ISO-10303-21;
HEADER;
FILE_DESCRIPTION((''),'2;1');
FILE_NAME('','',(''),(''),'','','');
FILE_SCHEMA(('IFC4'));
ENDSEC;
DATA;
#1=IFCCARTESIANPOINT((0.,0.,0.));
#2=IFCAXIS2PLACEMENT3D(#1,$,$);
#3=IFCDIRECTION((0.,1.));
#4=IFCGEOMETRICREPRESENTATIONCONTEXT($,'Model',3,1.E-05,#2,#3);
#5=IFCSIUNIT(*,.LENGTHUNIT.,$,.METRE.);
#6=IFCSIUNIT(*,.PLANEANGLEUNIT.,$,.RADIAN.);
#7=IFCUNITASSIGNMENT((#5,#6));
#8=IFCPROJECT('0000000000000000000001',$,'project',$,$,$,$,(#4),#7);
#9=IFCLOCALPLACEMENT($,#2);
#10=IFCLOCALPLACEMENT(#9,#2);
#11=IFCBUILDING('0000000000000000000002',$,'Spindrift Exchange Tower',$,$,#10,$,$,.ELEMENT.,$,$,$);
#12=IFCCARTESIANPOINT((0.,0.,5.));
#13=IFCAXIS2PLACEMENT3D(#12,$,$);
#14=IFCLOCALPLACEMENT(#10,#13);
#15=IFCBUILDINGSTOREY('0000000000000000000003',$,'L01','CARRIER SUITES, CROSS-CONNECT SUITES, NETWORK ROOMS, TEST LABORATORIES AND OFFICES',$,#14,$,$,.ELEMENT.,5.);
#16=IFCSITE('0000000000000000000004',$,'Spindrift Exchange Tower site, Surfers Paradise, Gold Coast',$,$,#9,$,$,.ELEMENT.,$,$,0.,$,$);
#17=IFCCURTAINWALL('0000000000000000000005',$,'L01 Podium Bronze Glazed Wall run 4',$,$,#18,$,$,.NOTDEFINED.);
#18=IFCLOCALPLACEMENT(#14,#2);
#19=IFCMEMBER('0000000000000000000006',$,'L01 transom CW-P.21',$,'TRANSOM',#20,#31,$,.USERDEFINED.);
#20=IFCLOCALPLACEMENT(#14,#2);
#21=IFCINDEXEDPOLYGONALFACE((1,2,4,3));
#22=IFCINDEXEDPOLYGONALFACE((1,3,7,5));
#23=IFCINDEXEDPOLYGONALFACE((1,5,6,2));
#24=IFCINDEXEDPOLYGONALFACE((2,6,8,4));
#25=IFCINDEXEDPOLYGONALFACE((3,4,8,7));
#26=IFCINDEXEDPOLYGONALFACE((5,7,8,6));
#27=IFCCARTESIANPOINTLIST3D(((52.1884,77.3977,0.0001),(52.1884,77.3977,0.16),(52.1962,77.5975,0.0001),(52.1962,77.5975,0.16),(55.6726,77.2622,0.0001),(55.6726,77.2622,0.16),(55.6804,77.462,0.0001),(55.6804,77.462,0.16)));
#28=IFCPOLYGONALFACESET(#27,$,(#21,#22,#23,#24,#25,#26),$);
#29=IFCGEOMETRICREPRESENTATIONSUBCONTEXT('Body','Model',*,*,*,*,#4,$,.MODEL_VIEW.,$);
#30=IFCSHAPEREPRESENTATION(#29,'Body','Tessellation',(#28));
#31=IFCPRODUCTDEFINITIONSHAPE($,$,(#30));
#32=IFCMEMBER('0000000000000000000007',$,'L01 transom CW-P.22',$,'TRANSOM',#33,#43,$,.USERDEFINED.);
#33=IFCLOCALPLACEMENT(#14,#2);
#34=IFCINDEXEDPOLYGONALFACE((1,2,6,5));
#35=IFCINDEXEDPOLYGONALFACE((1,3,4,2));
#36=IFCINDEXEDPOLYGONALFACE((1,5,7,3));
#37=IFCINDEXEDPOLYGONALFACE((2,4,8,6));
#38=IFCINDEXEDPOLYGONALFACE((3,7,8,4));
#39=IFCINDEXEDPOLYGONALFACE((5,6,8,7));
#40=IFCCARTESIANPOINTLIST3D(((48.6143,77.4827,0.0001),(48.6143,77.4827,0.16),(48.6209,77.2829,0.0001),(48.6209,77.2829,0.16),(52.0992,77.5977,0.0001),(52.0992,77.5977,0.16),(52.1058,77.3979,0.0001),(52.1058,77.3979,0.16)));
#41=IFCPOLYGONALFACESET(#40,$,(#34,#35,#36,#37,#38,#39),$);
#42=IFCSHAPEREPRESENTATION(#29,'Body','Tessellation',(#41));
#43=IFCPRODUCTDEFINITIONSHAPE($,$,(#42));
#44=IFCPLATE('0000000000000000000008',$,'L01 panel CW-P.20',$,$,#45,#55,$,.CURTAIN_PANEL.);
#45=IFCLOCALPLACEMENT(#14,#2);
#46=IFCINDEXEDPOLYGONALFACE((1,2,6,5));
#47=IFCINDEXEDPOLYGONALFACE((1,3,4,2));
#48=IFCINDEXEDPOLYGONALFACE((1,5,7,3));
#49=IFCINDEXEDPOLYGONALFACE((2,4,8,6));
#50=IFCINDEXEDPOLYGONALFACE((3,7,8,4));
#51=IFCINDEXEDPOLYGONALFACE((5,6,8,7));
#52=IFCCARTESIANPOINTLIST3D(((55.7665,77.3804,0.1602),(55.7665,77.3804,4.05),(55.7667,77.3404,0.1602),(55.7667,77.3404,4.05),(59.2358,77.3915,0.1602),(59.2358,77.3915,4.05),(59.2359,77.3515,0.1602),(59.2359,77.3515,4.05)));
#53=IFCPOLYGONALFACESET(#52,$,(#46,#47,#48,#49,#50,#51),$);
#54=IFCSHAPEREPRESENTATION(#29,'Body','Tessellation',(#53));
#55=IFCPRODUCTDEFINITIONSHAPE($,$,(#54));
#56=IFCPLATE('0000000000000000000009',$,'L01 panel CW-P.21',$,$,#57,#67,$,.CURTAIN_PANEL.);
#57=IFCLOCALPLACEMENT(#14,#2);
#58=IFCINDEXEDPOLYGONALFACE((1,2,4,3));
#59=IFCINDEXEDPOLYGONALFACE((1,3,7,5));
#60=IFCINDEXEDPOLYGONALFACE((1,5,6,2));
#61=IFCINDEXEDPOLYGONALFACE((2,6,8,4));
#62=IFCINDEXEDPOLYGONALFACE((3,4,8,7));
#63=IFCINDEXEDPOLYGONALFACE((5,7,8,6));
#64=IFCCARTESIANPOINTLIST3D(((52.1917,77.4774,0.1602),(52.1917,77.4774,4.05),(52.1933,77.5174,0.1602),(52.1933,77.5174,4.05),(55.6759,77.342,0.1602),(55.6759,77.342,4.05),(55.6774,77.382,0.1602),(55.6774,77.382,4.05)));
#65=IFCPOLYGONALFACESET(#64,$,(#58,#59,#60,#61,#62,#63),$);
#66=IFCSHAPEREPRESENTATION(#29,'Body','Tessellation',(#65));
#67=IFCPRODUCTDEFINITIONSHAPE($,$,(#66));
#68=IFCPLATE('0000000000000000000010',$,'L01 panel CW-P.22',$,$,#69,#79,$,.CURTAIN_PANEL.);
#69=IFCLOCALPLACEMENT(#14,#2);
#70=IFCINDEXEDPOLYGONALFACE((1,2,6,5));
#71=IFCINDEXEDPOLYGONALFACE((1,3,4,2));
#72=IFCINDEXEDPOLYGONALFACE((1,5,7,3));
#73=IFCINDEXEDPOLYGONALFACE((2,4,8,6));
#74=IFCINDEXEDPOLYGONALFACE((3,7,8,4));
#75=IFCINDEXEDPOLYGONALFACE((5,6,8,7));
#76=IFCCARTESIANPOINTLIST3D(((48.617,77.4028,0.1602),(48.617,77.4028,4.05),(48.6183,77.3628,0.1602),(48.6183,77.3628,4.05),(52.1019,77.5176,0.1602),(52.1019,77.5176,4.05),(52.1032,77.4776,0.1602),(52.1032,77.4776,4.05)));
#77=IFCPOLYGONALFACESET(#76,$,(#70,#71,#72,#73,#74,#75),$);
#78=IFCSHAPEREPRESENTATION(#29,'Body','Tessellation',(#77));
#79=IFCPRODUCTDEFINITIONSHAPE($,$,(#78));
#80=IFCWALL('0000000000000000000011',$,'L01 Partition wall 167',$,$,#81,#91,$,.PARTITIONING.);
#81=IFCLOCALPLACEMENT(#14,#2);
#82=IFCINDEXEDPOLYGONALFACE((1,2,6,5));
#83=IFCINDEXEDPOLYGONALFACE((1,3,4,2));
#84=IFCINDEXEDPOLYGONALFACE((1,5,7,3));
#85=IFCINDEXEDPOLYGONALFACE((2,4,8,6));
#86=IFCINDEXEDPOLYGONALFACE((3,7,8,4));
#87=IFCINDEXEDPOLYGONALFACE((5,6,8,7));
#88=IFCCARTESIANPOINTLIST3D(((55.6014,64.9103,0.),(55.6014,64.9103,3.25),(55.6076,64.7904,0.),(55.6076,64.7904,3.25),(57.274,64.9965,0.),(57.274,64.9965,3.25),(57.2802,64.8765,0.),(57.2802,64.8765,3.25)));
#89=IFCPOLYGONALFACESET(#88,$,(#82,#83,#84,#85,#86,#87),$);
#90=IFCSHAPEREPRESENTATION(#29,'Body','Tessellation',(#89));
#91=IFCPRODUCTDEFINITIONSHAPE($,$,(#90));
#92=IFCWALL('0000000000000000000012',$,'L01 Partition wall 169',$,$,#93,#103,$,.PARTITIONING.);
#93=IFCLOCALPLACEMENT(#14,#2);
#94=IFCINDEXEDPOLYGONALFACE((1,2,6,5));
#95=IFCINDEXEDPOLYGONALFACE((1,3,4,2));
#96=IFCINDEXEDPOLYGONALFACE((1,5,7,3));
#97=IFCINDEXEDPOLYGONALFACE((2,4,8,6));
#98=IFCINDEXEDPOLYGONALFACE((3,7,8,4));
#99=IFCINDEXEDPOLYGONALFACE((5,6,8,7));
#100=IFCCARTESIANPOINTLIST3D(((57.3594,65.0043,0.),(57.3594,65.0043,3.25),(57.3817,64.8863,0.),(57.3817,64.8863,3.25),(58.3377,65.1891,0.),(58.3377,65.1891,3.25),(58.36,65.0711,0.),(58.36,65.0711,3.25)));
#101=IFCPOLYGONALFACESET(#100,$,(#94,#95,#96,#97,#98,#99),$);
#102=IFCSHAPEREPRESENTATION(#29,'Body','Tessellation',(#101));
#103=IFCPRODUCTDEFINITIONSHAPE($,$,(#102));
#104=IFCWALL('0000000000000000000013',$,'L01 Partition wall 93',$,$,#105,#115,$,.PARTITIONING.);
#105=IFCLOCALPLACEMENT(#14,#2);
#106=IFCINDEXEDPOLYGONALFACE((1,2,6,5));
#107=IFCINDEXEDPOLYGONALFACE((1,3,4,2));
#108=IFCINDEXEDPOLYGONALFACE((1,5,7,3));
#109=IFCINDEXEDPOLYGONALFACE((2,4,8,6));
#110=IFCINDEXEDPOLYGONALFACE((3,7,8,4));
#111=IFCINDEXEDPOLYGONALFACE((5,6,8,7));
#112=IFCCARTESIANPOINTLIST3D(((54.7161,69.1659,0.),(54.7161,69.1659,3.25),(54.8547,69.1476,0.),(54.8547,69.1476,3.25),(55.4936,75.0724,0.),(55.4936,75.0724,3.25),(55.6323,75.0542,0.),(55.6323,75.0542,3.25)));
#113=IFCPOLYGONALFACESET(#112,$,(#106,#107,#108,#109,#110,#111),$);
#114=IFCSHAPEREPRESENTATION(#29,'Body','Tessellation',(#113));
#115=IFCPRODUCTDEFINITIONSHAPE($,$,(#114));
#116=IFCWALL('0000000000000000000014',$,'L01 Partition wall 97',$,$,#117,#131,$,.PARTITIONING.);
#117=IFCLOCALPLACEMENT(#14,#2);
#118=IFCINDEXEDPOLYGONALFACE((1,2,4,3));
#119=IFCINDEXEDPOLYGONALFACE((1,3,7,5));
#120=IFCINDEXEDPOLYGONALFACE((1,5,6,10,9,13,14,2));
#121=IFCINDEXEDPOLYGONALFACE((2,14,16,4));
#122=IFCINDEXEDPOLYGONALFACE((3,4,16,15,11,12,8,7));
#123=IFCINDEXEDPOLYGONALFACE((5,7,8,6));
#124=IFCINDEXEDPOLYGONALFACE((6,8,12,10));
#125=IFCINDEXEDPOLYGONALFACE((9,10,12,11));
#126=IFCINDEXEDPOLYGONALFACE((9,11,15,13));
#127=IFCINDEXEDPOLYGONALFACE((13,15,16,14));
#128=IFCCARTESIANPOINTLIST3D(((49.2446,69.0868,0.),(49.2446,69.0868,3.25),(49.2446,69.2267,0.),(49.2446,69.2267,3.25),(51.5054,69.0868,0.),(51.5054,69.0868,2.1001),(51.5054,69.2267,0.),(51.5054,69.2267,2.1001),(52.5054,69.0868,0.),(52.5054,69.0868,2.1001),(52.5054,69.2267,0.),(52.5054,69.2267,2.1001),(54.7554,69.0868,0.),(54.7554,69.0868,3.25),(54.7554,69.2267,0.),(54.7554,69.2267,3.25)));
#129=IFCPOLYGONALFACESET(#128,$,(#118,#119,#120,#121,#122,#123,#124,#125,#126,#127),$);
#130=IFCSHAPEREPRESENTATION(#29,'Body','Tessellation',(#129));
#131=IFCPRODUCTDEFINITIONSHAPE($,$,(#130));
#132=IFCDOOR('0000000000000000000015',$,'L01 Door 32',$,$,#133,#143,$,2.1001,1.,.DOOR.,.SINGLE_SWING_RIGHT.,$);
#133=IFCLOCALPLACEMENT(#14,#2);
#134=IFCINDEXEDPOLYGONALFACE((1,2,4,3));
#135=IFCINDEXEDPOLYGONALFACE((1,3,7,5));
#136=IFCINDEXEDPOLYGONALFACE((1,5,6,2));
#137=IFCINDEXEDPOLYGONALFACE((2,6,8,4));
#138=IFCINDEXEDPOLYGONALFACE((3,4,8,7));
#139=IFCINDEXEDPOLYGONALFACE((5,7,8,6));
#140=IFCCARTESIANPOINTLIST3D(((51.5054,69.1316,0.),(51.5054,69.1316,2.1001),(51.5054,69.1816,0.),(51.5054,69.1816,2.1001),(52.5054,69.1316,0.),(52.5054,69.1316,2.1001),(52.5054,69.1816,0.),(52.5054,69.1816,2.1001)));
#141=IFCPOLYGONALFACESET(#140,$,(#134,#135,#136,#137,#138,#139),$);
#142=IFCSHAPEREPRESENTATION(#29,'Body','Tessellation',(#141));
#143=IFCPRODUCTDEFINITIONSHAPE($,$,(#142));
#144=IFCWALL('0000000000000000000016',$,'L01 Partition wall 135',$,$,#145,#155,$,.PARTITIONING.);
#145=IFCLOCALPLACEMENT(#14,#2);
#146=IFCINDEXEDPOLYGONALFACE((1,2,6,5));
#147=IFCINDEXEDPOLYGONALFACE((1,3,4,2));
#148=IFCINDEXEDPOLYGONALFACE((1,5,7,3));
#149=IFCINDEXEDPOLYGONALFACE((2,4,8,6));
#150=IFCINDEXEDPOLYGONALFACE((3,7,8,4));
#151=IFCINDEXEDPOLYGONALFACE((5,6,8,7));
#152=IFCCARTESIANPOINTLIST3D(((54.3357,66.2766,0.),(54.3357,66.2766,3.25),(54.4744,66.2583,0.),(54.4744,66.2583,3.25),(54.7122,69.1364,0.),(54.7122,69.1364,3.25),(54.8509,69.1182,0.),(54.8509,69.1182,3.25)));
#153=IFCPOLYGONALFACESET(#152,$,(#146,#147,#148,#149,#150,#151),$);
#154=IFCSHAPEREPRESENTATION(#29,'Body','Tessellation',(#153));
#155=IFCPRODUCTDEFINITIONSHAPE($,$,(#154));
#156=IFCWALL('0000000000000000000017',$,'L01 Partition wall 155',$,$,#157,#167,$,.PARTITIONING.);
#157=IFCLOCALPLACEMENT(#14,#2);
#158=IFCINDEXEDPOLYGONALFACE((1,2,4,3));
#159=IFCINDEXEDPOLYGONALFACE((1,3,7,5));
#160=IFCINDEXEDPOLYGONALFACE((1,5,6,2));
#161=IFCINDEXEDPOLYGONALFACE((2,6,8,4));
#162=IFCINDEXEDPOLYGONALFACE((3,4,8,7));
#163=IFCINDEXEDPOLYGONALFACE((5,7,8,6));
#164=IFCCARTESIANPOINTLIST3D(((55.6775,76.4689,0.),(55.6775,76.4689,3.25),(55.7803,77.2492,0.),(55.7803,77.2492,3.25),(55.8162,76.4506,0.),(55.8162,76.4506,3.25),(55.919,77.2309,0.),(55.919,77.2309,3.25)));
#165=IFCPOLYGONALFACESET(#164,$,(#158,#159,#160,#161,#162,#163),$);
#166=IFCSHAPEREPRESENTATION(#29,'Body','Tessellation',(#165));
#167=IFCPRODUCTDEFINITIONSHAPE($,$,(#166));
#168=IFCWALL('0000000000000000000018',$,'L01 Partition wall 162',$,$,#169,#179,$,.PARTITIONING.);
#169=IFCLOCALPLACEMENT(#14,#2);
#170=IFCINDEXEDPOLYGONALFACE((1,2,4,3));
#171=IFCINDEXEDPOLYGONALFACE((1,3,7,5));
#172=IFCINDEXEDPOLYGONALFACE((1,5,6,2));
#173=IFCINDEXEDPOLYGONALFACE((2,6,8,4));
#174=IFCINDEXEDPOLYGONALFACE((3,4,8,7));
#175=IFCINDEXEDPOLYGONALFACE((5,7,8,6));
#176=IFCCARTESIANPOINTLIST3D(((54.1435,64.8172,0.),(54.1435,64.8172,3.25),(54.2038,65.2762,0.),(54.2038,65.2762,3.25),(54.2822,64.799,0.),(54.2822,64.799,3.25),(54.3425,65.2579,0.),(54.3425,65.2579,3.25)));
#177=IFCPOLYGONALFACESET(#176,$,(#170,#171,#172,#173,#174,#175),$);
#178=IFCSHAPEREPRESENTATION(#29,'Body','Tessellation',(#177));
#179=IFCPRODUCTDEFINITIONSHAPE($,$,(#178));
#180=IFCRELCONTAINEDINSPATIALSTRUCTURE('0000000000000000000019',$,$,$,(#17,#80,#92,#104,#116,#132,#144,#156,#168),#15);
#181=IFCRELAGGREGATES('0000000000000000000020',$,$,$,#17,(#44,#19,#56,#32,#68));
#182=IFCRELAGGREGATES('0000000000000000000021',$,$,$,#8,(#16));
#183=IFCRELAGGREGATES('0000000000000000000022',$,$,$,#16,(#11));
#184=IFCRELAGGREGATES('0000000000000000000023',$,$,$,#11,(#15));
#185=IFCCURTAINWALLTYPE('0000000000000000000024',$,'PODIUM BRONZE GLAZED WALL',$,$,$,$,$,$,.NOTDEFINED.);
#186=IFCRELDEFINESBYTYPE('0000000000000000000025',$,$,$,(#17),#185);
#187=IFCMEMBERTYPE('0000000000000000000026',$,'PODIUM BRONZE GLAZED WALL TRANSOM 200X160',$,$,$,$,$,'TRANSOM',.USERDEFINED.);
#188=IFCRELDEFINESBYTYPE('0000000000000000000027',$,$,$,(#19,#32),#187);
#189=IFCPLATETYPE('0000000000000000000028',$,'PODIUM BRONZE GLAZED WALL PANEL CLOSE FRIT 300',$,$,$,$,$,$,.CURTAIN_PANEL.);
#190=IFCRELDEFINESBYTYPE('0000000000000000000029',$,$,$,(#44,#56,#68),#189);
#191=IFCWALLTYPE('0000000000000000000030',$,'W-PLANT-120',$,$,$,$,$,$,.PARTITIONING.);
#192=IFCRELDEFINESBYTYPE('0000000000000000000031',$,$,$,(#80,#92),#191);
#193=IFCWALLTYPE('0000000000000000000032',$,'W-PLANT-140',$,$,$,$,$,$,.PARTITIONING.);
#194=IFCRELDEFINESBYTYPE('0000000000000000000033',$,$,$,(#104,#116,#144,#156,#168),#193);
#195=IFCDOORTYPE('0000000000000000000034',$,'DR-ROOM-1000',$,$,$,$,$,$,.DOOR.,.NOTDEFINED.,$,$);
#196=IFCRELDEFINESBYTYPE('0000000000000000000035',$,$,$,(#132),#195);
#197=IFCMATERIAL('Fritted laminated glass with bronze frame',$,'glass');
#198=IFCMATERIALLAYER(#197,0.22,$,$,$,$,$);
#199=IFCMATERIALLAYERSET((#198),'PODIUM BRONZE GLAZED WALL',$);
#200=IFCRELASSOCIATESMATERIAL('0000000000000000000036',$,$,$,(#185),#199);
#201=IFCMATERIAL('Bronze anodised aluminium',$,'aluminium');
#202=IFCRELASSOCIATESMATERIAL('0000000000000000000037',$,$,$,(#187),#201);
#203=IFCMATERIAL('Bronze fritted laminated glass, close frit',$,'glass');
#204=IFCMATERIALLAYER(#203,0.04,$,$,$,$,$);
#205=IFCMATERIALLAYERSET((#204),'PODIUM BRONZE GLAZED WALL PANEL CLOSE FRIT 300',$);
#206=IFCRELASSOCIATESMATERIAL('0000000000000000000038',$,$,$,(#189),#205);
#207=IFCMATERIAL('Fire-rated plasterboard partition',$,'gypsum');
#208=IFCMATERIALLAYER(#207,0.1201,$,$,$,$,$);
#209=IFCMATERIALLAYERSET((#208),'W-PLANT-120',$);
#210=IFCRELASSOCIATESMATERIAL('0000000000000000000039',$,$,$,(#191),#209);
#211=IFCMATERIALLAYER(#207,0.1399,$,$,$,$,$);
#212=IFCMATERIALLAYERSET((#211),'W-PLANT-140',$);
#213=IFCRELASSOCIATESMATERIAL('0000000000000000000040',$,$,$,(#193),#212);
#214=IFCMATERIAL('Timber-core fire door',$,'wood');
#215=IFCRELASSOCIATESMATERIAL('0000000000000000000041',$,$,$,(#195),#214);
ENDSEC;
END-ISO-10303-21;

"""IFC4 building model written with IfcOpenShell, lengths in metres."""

from ifc_helpers import new_model, si_unit, direction, frame, frame_2d, origin, origin_2d, place, context, subcontext, project, spatial, rectangle, extrude, source, transform, mapped, material, layer, layer_set, material_profile, profile_set, type_object, element, fill, aggregate, save


model = new_model("IFC4")

# Units and contexts
model_context = context("Model", 3, precision=1e-05, world=origin(), true_north=direction((0.0, 1.0)))
body_context = subcontext(model_context, "Body", "Model", "MODEL_VIEW")
ifc_project = project(units=[si_unit("LENGTHUNIT", "METRE"), si_unit("PLANEANGLEUNIT", "RADIAN")], contexts=[model_context])

# Site, building, storey
site_placement = place(None, origin())
site = spatial("IfcSite", under=ifc_project, at=site_placement, Name="Spindrift Exchange Tower site, Surfers Paradise, Gold Coast", CompositionType="ELEMENT", RefElevation=0.0)
building_placement = place(site_placement, origin())
building = spatial("IfcBuilding", under=site, at=building_placement, Name="Spindrift Exchange Tower", CompositionType="ELEMENT")
storey_placement = place(building_placement, frame((0.0, 0.0, 5.0)))
storey = spatial("IfcBuildingStorey", under=building, at=storey_placement, Name="L01", Description="CARRIER SUITES, CROSS-CONNECT SUITES, NETWORK ROOMS, TEST LABORATORIES AND OFFICES", CompositionType="ELEMENT", Elevation=5.0)

# Curtain wall, members, plates
ifc_material_1 = material(Name="Fritted laminated glass with bronze frame", Category="glass")
ifc_layer_1 = layer(ifc_material_1, 0.22)
ifc_layer_set_1 = layer_set([ifc_layer_1], Name="PODIUM BRONZE GLAZED WALL")
curtain_wall_type = type_object("IfcCurtainWallType", Name="PODIUM BRONZE GLAZED WALL", PredefinedType="NOTDEFINED", material=ifc_layer_set_1)
curtain_wall_placement = place(storey_placement, origin())
curtain_wall = element("IfcCurtainWall", 1, at=curtain_wall_placement, inside=storey, type_object=curtain_wall_type, Name="L01 Podium Bronze Glazed Wall run 4", PredefinedType="NOTDEFINED")
ifc_material_2 = material(Name="Bronze anodised aluminium", Category="aluminium")
ifc_material_profile_1 = material_profile(ifc_material_2, rectangle(XDim=0.2, YDim=0.1599, at=origin_2d()), Name="PODIUM BRONZE GLAZED WALL TRANSOM 200X160")
ifc_profile_set_1 = profile_set([ifc_material_profile_1], Name="Bronze anodised aluminium")
member_type_1 = type_object("IfcMemberType", Name="PODIUM BRONZE GLAZED WALL TRANSOM 200X160", ElementType="TRANSOM", PredefinedType="USERDEFINED", material=ifc_profile_set_1)
shared_shape_1 = source(origin(), body_context, "Body", "SweptSolid", [
    extrude(rectangle(XDim=0.2, YDim=0.1599, at=origin_2d()), origin(), (0.0, 0.0, 1.0), 3.4868),
])
member_1_placement = place(storey_placement, frame((55.6765, 77.3621, 0.0801), z_axis=(-0.999245, 0.038861, 0.0), x_axis=(-0.038861, -0.999245, 0.0)))
member_1 = element("IfcMember", 2, at=member_1_placement, type_object=member_type_1, Name="L01 transom CW-P.21", ObjectType="TRANSOM", PredefinedType="USERDEFINED", context=body_context, shape_type="MappedRepresentation", body=[
    mapped(shared_shape_1, transform((0.0, 0.0, 0.0), scale=1.0)),
])
member_2_placement = place(storey_placement, frame((52.1025, 77.4978, 0.0801), z_axis=(-0.999456, -0.032979, 0.0), x_axis=(0.032979, -0.999456, 0.0)))
member_2 = element("IfcMember", 3, at=member_2_placement, type_object=member_type_1, Name="L01 transom CW-P.22", ObjectType="TRANSOM", PredefinedType="USERDEFINED", context=body_context, shape_type="MappedRepresentation", body=[
    mapped(shared_shape_1, transform((0.0, 0.0, 0.0), scale=1.0)),
])
ifc_material_3 = material(Name="Bronze fritted laminated glass, close frit", Category="glass")
ifc_layer_2 = layer(ifc_material_3, 0.04)
ifc_layer_set_2 = layer_set([ifc_layer_2], Name="PODIUM BRONZE GLAZED WALL PANEL CLOSE FRIT 300")
plate_type = type_object("IfcPlateType", Name="PODIUM BRONZE GLAZED WALL PANEL CLOSE FRIT 300", PredefinedType="CURTAIN_PANEL", material=ifc_layer_set_2)
shared_shape_2 = source(origin(), body_context, "Body", "SweptSolid", [
    extrude(rectangle(XDim=3.4692, YDim=0.04, at=origin_2d()), origin(), (0.0, 0.0, 1.0), 3.8899),
])
plate_1_placement = place(storey_placement, frame((57.5012, 77.366, 0.1602), z_axis=(0.0, 0.0, 1.0), x_axis=(-0.999995, -0.003203, 0.0)))
plate_1 = element("IfcPlate", 4, at=plate_1_placement, type_object=plate_type, Name="L01 panel CW-P.20", PredefinedType="CURTAIN_PANEL", context=body_context, shape_type="MappedRepresentation", body=[
    mapped(shared_shape_2, transform((0.0, 0.0, 0.0), scale=1.0)),
])
shared_shape_3 = source(origin(), body_context, "Body", "SweptSolid", [
    extrude(rectangle(XDim=3.4868, YDim=0.04, at=origin_2d()), origin(), (0.0, 0.0, 1.0), 3.8899),
])
plate_2_placement = place(storey_placement, frame((53.9346, 77.4297, 0.1602), z_axis=(0.0, 0.0, 1.0), x_axis=(-0.999246, 0.038834, 0.0)))
plate_2 = element("IfcPlate", 5, at=plate_2_placement, type_object=plate_type, Name="L01 panel CW-P.21", PredefinedType="CURTAIN_PANEL", context=body_context, shape_type="MappedRepresentation", body=[
    mapped(shared_shape_3, transform((0.0, 0.0, 0.0), scale=1.0)),
])
plate_3_placement = place(storey_placement, frame((50.3601, 77.4402, 0.1602), z_axis=(0.0, 0.0, 1.0), x_axis=(-0.999457, -0.032935, 0.0)))
plate_3 = element("IfcPlate", 6, at=plate_3_placement, type_object=plate_type, Name="L01 panel CW-P.22", PredefinedType="CURTAIN_PANEL", context=body_context, shape_type="MappedRepresentation", body=[
    mapped(shared_shape_3, transform((0.0, 0.0, 0.0), scale=1.0)),
])
aggregate(curtain_wall, [plate_1, member_1, plate_2, member_2, plate_3])

# Walls
ifc_material_4 = material(Name="Fire-rated plasterboard partition", Category="gypsum")
ifc_layer_3 = layer(ifc_material_4, 0.1201)
ifc_layer_set_3 = layer_set([ifc_layer_3], Name="W-PLANT-120")
wall_type_1 = type_object("IfcWallType", Name="W-PLANT-120", PredefinedType="PARTITIONING", material=ifc_layer_set_3)
wall_1_placement = place(storey_placement, frame((57.2771, 64.9365, 0.0), z_axis=(0.0, 0.0, 1.0), x_axis=(-0.998675, -0.051457, 0.0)))
element("IfcWall", 7, at=wall_1_placement, inside=storey, type_object=wall_type_1, Name="L01 Partition wall 167", PredefinedType="PARTITIONING", context=body_context, shape_type="SweptSolid", body=[
    extrude(rectangle(XDim=1.6748, YDim=0.1201, at=frame_2d((0.8374, 0.0))), origin(), (0.0, 0.0, 1.0), 3.25),
])
wall_2_placement = place(storey_placement, frame((58.3489, 65.1301, 0.0), z_axis=(0.0, 0.0, 1.0), x_axis=(-0.982619, -0.185636, 0.0)))
element("IfcWall", 8, at=wall_2_placement, inside=storey, type_object=wall_type_1, Name="L01 Partition wall 169", PredefinedType="PARTITIONING", context=body_context, shape_type="SweptSolid", body=[
    extrude(rectangle(XDim=0.9956, YDim=0.1201, at=frame_2d((0.4978, 0.0))), origin(), (0.0, 0.0, 1.0), 3.25),
])
ifc_layer_4 = layer(ifc_material_4, 0.1399)
ifc_layer_set_4 = layer_set([ifc_layer_4], Name="W-PLANT-140")
wall_type_2 = type_object("IfcWallType", Name="W-PLANT-140", PredefinedType="PARTITIONING", material=ifc_layer_set_4)
wall_3_placement = place(storey_placement, frame((54.7854, 69.1567, 0.0), z_axis=(0.0, 0.0, 1.0), x_axis=(0.130523, 0.991445, 0.0)))
element("IfcWall", 9, at=wall_3_placement, inside=storey, type_object=wall_type_2, Name="L01 Partition wall 93", PredefinedType="PARTITIONING", context=body_context, shape_type="SweptSolid", body=[
    extrude(rectangle(XDim=5.9575, YDim=0.1399, at=frame_2d((2.9788, 0.0))), origin(), (0.0, 0.0, 1.0), 3.25),
])

# Wall, opening, door
wall_4_placement = place(storey_placement, frame((49.2446, 69.1567, 0.0), z_axis=(0.0, 0.0, 1.0), x_axis=(1.0, 0.0, 0.0)))
wall_4 = element("IfcWall", 10, at=wall_4_placement, inside=storey, type_object=wall_type_2, Name="L01 Partition wall 97", PredefinedType="PARTITIONING", context=body_context, shape_type="SweptSolid", body=[
    extrude(rectangle(XDim=5.5107, YDim=0.1399, at=frame_2d((2.7554, 0.0))), origin(), (0.0, 0.0, 1.0), 3.25),
])
opening_placement = place(wall_4_placement, frame((2.2607, 0.0, 0.0)))
opening = element("IfcOpeningElement", 11, at=opening_placement, cuts=wall_4, PredefinedType="OPENING", context=body_context, shape_type="SweptSolid", body=[
    extrude(rectangle(XDim=1.0, YDim=2.1001, at=frame_2d((0.5, 1.05))), frame((0.0, 0.0798, 0.0), z_axis=(0.0, -1.0, 0.0), x_axis=(1.0, 0.0, 0.0)), (0.0, 0.0, 1.0), 0.1599),
])
ifc_material_5 = material(Name="Timber-core fire door", Category="wood")
door_type = type_object("IfcDoorType", Name="DR-ROOM-1000", OperationType="NOTDEFINED", PredefinedType="DOOR", material=ifc_material_5)
shared_shape_4 = source(origin(), body_context, "Body", "SweptSolid", [
    extrude(rectangle(XDim=1.0, YDim=2.1001, at=frame_2d((0.5, 1.05))), frame((0.0, 0.0249, 0.0), z_axis=(0.0, -1.0, 0.0), x_axis=(1.0, 0.0, 0.0)), (0.0, 0.0, 1.0), 0.05),
])
door_placement = place(opening_placement, origin())
door = element("IfcDoor", 12, at=door_placement, inside=storey, type_object=door_type, Name="L01 Door 32", OperationType="SINGLE_SWING_RIGHT", OverallHeight=2.1001, OverallWidth=1.0, PredefinedType="DOOR", context=body_context, shape_type="MappedRepresentation", body=[
    mapped(shared_shape_4, transform((0.0, 0.0, 0.0), scale=1.0)),
])
fill(opening, door)

# Walls
wall_5_placement = place(storey_placement, frame((54.405, 66.2673, 0.0), z_axis=(0.0, 0.0, 1.0), x_axis=(0.130511, 0.991447, 0.0)))
element("IfcWall", 13, at=wall_5_placement, inside=storey, type_object=wall_type_2, Name="L01 Partition wall 135", PredefinedType="PARTITIONING", context=body_context, shape_type="SweptSolid", body=[
    extrude(rectangle(XDim=2.8845, YDim=0.1399, at=frame_2d((1.4424, 0.0))), origin(), (0.0, 0.0, 1.0), 3.25),
])
wall_6_placement = place(storey_placement, frame((55.7468, 76.4597, 0.0), z_axis=(0.0, 0.0, 1.0), x_axis=(0.130599, 0.991435, 0.0)))
element("IfcWall", 14, at=wall_6_placement, inside=storey, type_object=wall_type_2, Name="L01 Partition wall 155", PredefinedType="PARTITIONING", context=body_context, shape_type="SweptSolid", body=[
    extrude(rectangle(XDim=0.7871, YDim=0.1399, at=frame_2d((0.3936, 0.0))), origin(), (0.0, 0.0, 1.0), 3.25),
])
wall_7_placement = place(storey_placement, frame((54.2129, 64.8081, 0.0), z_axis=(0.0, 0.0, 1.0), x_axis=(0.130264, 0.991479, 0.0)))
element("IfcWall", 15, at=wall_7_placement, inside=storey, type_object=wall_type_2, Name="L01 Partition wall 162", PredefinedType="PARTITIONING", context=body_context, shape_type="SweptSolid", body=[
    extrude(rectangle(XDim=0.4629, YDim=0.1399, at=frame_2d((0.2314, 0.0))), origin(), (0.0, 0.0, 1.0), 3.25),
])

save(model, "model.ifc")
